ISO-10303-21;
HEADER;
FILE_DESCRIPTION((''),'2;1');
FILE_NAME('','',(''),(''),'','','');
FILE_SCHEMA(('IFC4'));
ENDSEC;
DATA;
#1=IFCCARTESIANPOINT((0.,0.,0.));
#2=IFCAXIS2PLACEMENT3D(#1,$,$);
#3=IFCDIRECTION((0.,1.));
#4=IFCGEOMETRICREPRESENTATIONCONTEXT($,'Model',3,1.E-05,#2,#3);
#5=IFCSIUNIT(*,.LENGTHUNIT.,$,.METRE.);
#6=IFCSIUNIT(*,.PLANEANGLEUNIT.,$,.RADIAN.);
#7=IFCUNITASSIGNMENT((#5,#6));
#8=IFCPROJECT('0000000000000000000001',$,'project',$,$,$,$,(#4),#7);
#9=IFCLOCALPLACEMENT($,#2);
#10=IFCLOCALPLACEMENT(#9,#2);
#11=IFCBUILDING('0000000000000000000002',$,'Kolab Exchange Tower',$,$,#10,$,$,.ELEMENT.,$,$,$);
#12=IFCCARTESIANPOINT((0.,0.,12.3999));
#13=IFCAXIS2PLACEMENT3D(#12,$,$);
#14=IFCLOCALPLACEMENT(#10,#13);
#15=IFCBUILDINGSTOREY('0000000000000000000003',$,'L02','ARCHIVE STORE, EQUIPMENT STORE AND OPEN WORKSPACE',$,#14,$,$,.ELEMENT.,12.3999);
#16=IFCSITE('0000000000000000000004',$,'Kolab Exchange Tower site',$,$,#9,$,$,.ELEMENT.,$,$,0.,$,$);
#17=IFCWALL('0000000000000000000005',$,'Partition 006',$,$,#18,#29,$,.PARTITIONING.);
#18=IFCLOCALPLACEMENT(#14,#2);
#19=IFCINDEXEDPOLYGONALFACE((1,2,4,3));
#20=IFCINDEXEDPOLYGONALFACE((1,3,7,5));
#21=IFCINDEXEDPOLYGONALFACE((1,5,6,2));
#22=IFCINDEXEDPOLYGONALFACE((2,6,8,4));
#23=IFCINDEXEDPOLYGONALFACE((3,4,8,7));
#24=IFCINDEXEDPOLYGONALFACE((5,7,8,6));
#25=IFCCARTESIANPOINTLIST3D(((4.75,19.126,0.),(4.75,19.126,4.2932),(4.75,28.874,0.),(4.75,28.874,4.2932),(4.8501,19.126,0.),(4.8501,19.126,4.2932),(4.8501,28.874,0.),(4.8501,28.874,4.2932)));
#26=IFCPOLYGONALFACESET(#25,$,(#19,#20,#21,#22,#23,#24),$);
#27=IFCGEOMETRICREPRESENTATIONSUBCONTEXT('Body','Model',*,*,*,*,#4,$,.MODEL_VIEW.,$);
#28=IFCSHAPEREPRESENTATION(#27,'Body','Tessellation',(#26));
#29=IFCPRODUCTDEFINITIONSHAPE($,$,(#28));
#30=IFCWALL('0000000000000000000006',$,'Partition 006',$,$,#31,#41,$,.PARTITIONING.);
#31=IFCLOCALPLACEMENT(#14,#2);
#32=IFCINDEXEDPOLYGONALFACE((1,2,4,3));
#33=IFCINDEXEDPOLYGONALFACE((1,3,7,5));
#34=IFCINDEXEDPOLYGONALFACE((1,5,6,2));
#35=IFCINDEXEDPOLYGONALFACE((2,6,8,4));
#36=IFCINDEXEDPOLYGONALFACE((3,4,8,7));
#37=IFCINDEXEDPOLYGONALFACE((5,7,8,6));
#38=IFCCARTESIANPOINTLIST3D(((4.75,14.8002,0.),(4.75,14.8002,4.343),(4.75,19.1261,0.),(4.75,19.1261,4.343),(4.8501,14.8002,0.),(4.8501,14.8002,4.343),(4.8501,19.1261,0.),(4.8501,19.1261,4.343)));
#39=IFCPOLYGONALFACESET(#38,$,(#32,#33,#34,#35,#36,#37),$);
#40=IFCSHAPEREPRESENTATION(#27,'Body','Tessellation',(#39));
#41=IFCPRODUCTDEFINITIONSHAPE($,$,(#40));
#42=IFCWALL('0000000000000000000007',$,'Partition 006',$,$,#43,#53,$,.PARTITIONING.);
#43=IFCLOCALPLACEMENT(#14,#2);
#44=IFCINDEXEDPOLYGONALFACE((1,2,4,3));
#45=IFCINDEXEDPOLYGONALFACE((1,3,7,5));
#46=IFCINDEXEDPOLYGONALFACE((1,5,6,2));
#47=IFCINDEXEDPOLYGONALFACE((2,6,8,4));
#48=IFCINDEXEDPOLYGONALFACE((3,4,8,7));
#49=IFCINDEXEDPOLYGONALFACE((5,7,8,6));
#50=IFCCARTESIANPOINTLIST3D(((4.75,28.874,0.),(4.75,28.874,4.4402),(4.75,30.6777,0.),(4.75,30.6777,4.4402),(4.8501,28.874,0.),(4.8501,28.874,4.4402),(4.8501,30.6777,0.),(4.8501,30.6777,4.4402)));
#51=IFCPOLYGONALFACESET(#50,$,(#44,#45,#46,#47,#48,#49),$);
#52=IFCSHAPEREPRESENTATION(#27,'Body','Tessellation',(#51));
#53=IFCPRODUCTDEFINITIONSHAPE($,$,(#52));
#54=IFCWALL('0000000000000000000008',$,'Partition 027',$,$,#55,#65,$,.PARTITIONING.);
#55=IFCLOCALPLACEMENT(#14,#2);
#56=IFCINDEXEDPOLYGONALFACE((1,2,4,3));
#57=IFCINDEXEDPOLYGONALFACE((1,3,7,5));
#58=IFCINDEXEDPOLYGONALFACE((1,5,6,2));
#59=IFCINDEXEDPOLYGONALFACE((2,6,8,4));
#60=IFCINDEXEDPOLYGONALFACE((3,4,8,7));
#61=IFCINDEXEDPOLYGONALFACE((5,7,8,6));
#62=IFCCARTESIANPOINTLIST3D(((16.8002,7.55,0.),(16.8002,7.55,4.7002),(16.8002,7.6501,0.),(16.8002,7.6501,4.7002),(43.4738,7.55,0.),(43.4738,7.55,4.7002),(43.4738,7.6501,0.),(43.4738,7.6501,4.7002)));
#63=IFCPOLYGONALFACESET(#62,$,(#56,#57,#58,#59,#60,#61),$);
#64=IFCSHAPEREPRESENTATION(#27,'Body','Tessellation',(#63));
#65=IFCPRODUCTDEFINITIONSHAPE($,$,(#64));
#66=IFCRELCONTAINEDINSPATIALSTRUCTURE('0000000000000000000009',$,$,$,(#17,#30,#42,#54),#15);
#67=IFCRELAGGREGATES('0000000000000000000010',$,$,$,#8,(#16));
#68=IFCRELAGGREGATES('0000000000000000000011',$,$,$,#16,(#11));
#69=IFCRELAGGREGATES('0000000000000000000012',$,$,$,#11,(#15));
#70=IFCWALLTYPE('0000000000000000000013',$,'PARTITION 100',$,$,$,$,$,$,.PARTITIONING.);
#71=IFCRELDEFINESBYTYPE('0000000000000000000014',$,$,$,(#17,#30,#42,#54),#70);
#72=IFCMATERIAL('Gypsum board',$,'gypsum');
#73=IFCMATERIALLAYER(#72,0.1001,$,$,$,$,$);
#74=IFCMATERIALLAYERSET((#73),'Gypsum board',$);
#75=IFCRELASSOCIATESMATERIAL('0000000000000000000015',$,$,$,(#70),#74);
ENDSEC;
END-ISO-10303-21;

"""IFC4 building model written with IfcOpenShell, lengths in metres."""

from ifc_helpers import new_model, si_unit, direction, frame, frame_2d, origin, place, context, subcontext, project, spatial, rectangle, extrude, material, layer, layer_set, type_object, element, save


model = new_model("IFC4")

# Units and contexts
model_context = context("Model", 3, precision=1e-05, world=origin(), true_north=direction((0.0, 1.0)))
body_context = subcontext(model_context, "Body", "Model", "MODEL_VIEW")
ifc_project = project(units=[si_unit("LENGTHUNIT", "METRE"), si_unit("PLANEANGLEUNIT", "RADIAN")], contexts=[model_context])

# Site, building, storey
site_placement = place(None, origin())
site = spatial("IfcSite", under=ifc_project, at=site_placement, Name="Kolab Exchange Tower site", CompositionType="ELEMENT", RefElevation=0.0)
building_placement = place(site_placement, origin())
building = spatial("IfcBuilding", under=site, at=building_placement, Name="Kolab Exchange Tower", CompositionType="ELEMENT")
storey_placement = place(building_placement, frame((0.0, 0.0, 12.3999)))
storey = spatial("IfcBuildingStorey", under=building, at=storey_placement, Name="L02", Description="ARCHIVE STORE, EQUIPMENT STORE AND OPEN WORKSPACE", CompositionType="ELEMENT", Elevation=12.3999)

# Walls
ifc_material_1 = material(Name="Gypsum board", Category="gypsum")
ifc_layer_1 = layer(ifc_material_1, 0.1001)
ifc_layer_set_1 = layer_set([ifc_layer_1], Name="Gypsum board")
wall_type_1 = type_object("IfcWallType", Name="PARTITION 100", PredefinedType="PARTITIONING", material=ifc_layer_set_1)
wall_1_placement = place(storey_placement, frame((4.8, 19.126, 0.0), z_axis=(0.0, 0.0, 1.0), x_axis=(0.0, 1.0, 0.0)))
element("IfcWall", 1, at=wall_1_placement, inside=storey, type_object=wall_type_1, Name="Partition 006", PredefinedType="PARTITIONING", context=body_context, shape_type="SweptSolid", body=[
    extrude(rectangle(XDim=9.748, YDim=0.1001, at=frame_2d((4.874, 0.0))), origin(), (0.0, 0.0, 1.0), 4.2932),
])
wall_2_placement = place(storey_placement, frame((4.8, 14.8, 0.0), z_axis=(0.0, 0.0, 1.0), x_axis=(0.0, 1.0, 0.0)))
element("IfcWall", 2, at=wall_2_placement, inside=storey, type_object=wall_type_1, Name="Partition 006", PredefinedType="PARTITIONING", context=body_context, shape_type="SweptSolid", body=[
    extrude(rectangle(XDim=4.3259, YDim=0.1001, at=frame_2d((2.1631, 0.0))), origin(), (0.0, 0.0, 1.0), 4.343),
])
wall_3_placement = place(storey_placement, frame((4.8, 28.874, 0.0), z_axis=(0.0, 0.0, 1.0), x_axis=(0.0, 1.0, 0.0)))
element("IfcWall", 3, at=wall_3_placement, inside=storey, type_object=wall_type_1, Name="Partition 006", PredefinedType="PARTITIONING", context=body_context, shape_type="SweptSolid", body=[
    extrude(rectangle(XDim=1.8037, YDim=0.1001, at=frame_2d((0.9019, 0.0))), origin(), (0.0, 0.0, 1.0), 4.4402),
])
wall_4_placement = place(storey_placement, frame((16.8, 7.6001, 0.0), z_axis=(0.0, 0.0, 1.0), x_axis=(1.0, 0.0, 0.0)))
element("IfcWall", 4, at=wall_4_placement, inside=storey, type_object=wall_type_1, Name="Partition 027", PredefinedType="PARTITIONING", context=body_context, shape_type="SweptSolid", body=[
    extrude(rectangle(XDim=26.6736, YDim=0.1001, at=frame_2d((13.3369, 0.0))), origin(), (0.0, 0.0, 1.0), 4.7002),
])

save(model, "model.ifc")
